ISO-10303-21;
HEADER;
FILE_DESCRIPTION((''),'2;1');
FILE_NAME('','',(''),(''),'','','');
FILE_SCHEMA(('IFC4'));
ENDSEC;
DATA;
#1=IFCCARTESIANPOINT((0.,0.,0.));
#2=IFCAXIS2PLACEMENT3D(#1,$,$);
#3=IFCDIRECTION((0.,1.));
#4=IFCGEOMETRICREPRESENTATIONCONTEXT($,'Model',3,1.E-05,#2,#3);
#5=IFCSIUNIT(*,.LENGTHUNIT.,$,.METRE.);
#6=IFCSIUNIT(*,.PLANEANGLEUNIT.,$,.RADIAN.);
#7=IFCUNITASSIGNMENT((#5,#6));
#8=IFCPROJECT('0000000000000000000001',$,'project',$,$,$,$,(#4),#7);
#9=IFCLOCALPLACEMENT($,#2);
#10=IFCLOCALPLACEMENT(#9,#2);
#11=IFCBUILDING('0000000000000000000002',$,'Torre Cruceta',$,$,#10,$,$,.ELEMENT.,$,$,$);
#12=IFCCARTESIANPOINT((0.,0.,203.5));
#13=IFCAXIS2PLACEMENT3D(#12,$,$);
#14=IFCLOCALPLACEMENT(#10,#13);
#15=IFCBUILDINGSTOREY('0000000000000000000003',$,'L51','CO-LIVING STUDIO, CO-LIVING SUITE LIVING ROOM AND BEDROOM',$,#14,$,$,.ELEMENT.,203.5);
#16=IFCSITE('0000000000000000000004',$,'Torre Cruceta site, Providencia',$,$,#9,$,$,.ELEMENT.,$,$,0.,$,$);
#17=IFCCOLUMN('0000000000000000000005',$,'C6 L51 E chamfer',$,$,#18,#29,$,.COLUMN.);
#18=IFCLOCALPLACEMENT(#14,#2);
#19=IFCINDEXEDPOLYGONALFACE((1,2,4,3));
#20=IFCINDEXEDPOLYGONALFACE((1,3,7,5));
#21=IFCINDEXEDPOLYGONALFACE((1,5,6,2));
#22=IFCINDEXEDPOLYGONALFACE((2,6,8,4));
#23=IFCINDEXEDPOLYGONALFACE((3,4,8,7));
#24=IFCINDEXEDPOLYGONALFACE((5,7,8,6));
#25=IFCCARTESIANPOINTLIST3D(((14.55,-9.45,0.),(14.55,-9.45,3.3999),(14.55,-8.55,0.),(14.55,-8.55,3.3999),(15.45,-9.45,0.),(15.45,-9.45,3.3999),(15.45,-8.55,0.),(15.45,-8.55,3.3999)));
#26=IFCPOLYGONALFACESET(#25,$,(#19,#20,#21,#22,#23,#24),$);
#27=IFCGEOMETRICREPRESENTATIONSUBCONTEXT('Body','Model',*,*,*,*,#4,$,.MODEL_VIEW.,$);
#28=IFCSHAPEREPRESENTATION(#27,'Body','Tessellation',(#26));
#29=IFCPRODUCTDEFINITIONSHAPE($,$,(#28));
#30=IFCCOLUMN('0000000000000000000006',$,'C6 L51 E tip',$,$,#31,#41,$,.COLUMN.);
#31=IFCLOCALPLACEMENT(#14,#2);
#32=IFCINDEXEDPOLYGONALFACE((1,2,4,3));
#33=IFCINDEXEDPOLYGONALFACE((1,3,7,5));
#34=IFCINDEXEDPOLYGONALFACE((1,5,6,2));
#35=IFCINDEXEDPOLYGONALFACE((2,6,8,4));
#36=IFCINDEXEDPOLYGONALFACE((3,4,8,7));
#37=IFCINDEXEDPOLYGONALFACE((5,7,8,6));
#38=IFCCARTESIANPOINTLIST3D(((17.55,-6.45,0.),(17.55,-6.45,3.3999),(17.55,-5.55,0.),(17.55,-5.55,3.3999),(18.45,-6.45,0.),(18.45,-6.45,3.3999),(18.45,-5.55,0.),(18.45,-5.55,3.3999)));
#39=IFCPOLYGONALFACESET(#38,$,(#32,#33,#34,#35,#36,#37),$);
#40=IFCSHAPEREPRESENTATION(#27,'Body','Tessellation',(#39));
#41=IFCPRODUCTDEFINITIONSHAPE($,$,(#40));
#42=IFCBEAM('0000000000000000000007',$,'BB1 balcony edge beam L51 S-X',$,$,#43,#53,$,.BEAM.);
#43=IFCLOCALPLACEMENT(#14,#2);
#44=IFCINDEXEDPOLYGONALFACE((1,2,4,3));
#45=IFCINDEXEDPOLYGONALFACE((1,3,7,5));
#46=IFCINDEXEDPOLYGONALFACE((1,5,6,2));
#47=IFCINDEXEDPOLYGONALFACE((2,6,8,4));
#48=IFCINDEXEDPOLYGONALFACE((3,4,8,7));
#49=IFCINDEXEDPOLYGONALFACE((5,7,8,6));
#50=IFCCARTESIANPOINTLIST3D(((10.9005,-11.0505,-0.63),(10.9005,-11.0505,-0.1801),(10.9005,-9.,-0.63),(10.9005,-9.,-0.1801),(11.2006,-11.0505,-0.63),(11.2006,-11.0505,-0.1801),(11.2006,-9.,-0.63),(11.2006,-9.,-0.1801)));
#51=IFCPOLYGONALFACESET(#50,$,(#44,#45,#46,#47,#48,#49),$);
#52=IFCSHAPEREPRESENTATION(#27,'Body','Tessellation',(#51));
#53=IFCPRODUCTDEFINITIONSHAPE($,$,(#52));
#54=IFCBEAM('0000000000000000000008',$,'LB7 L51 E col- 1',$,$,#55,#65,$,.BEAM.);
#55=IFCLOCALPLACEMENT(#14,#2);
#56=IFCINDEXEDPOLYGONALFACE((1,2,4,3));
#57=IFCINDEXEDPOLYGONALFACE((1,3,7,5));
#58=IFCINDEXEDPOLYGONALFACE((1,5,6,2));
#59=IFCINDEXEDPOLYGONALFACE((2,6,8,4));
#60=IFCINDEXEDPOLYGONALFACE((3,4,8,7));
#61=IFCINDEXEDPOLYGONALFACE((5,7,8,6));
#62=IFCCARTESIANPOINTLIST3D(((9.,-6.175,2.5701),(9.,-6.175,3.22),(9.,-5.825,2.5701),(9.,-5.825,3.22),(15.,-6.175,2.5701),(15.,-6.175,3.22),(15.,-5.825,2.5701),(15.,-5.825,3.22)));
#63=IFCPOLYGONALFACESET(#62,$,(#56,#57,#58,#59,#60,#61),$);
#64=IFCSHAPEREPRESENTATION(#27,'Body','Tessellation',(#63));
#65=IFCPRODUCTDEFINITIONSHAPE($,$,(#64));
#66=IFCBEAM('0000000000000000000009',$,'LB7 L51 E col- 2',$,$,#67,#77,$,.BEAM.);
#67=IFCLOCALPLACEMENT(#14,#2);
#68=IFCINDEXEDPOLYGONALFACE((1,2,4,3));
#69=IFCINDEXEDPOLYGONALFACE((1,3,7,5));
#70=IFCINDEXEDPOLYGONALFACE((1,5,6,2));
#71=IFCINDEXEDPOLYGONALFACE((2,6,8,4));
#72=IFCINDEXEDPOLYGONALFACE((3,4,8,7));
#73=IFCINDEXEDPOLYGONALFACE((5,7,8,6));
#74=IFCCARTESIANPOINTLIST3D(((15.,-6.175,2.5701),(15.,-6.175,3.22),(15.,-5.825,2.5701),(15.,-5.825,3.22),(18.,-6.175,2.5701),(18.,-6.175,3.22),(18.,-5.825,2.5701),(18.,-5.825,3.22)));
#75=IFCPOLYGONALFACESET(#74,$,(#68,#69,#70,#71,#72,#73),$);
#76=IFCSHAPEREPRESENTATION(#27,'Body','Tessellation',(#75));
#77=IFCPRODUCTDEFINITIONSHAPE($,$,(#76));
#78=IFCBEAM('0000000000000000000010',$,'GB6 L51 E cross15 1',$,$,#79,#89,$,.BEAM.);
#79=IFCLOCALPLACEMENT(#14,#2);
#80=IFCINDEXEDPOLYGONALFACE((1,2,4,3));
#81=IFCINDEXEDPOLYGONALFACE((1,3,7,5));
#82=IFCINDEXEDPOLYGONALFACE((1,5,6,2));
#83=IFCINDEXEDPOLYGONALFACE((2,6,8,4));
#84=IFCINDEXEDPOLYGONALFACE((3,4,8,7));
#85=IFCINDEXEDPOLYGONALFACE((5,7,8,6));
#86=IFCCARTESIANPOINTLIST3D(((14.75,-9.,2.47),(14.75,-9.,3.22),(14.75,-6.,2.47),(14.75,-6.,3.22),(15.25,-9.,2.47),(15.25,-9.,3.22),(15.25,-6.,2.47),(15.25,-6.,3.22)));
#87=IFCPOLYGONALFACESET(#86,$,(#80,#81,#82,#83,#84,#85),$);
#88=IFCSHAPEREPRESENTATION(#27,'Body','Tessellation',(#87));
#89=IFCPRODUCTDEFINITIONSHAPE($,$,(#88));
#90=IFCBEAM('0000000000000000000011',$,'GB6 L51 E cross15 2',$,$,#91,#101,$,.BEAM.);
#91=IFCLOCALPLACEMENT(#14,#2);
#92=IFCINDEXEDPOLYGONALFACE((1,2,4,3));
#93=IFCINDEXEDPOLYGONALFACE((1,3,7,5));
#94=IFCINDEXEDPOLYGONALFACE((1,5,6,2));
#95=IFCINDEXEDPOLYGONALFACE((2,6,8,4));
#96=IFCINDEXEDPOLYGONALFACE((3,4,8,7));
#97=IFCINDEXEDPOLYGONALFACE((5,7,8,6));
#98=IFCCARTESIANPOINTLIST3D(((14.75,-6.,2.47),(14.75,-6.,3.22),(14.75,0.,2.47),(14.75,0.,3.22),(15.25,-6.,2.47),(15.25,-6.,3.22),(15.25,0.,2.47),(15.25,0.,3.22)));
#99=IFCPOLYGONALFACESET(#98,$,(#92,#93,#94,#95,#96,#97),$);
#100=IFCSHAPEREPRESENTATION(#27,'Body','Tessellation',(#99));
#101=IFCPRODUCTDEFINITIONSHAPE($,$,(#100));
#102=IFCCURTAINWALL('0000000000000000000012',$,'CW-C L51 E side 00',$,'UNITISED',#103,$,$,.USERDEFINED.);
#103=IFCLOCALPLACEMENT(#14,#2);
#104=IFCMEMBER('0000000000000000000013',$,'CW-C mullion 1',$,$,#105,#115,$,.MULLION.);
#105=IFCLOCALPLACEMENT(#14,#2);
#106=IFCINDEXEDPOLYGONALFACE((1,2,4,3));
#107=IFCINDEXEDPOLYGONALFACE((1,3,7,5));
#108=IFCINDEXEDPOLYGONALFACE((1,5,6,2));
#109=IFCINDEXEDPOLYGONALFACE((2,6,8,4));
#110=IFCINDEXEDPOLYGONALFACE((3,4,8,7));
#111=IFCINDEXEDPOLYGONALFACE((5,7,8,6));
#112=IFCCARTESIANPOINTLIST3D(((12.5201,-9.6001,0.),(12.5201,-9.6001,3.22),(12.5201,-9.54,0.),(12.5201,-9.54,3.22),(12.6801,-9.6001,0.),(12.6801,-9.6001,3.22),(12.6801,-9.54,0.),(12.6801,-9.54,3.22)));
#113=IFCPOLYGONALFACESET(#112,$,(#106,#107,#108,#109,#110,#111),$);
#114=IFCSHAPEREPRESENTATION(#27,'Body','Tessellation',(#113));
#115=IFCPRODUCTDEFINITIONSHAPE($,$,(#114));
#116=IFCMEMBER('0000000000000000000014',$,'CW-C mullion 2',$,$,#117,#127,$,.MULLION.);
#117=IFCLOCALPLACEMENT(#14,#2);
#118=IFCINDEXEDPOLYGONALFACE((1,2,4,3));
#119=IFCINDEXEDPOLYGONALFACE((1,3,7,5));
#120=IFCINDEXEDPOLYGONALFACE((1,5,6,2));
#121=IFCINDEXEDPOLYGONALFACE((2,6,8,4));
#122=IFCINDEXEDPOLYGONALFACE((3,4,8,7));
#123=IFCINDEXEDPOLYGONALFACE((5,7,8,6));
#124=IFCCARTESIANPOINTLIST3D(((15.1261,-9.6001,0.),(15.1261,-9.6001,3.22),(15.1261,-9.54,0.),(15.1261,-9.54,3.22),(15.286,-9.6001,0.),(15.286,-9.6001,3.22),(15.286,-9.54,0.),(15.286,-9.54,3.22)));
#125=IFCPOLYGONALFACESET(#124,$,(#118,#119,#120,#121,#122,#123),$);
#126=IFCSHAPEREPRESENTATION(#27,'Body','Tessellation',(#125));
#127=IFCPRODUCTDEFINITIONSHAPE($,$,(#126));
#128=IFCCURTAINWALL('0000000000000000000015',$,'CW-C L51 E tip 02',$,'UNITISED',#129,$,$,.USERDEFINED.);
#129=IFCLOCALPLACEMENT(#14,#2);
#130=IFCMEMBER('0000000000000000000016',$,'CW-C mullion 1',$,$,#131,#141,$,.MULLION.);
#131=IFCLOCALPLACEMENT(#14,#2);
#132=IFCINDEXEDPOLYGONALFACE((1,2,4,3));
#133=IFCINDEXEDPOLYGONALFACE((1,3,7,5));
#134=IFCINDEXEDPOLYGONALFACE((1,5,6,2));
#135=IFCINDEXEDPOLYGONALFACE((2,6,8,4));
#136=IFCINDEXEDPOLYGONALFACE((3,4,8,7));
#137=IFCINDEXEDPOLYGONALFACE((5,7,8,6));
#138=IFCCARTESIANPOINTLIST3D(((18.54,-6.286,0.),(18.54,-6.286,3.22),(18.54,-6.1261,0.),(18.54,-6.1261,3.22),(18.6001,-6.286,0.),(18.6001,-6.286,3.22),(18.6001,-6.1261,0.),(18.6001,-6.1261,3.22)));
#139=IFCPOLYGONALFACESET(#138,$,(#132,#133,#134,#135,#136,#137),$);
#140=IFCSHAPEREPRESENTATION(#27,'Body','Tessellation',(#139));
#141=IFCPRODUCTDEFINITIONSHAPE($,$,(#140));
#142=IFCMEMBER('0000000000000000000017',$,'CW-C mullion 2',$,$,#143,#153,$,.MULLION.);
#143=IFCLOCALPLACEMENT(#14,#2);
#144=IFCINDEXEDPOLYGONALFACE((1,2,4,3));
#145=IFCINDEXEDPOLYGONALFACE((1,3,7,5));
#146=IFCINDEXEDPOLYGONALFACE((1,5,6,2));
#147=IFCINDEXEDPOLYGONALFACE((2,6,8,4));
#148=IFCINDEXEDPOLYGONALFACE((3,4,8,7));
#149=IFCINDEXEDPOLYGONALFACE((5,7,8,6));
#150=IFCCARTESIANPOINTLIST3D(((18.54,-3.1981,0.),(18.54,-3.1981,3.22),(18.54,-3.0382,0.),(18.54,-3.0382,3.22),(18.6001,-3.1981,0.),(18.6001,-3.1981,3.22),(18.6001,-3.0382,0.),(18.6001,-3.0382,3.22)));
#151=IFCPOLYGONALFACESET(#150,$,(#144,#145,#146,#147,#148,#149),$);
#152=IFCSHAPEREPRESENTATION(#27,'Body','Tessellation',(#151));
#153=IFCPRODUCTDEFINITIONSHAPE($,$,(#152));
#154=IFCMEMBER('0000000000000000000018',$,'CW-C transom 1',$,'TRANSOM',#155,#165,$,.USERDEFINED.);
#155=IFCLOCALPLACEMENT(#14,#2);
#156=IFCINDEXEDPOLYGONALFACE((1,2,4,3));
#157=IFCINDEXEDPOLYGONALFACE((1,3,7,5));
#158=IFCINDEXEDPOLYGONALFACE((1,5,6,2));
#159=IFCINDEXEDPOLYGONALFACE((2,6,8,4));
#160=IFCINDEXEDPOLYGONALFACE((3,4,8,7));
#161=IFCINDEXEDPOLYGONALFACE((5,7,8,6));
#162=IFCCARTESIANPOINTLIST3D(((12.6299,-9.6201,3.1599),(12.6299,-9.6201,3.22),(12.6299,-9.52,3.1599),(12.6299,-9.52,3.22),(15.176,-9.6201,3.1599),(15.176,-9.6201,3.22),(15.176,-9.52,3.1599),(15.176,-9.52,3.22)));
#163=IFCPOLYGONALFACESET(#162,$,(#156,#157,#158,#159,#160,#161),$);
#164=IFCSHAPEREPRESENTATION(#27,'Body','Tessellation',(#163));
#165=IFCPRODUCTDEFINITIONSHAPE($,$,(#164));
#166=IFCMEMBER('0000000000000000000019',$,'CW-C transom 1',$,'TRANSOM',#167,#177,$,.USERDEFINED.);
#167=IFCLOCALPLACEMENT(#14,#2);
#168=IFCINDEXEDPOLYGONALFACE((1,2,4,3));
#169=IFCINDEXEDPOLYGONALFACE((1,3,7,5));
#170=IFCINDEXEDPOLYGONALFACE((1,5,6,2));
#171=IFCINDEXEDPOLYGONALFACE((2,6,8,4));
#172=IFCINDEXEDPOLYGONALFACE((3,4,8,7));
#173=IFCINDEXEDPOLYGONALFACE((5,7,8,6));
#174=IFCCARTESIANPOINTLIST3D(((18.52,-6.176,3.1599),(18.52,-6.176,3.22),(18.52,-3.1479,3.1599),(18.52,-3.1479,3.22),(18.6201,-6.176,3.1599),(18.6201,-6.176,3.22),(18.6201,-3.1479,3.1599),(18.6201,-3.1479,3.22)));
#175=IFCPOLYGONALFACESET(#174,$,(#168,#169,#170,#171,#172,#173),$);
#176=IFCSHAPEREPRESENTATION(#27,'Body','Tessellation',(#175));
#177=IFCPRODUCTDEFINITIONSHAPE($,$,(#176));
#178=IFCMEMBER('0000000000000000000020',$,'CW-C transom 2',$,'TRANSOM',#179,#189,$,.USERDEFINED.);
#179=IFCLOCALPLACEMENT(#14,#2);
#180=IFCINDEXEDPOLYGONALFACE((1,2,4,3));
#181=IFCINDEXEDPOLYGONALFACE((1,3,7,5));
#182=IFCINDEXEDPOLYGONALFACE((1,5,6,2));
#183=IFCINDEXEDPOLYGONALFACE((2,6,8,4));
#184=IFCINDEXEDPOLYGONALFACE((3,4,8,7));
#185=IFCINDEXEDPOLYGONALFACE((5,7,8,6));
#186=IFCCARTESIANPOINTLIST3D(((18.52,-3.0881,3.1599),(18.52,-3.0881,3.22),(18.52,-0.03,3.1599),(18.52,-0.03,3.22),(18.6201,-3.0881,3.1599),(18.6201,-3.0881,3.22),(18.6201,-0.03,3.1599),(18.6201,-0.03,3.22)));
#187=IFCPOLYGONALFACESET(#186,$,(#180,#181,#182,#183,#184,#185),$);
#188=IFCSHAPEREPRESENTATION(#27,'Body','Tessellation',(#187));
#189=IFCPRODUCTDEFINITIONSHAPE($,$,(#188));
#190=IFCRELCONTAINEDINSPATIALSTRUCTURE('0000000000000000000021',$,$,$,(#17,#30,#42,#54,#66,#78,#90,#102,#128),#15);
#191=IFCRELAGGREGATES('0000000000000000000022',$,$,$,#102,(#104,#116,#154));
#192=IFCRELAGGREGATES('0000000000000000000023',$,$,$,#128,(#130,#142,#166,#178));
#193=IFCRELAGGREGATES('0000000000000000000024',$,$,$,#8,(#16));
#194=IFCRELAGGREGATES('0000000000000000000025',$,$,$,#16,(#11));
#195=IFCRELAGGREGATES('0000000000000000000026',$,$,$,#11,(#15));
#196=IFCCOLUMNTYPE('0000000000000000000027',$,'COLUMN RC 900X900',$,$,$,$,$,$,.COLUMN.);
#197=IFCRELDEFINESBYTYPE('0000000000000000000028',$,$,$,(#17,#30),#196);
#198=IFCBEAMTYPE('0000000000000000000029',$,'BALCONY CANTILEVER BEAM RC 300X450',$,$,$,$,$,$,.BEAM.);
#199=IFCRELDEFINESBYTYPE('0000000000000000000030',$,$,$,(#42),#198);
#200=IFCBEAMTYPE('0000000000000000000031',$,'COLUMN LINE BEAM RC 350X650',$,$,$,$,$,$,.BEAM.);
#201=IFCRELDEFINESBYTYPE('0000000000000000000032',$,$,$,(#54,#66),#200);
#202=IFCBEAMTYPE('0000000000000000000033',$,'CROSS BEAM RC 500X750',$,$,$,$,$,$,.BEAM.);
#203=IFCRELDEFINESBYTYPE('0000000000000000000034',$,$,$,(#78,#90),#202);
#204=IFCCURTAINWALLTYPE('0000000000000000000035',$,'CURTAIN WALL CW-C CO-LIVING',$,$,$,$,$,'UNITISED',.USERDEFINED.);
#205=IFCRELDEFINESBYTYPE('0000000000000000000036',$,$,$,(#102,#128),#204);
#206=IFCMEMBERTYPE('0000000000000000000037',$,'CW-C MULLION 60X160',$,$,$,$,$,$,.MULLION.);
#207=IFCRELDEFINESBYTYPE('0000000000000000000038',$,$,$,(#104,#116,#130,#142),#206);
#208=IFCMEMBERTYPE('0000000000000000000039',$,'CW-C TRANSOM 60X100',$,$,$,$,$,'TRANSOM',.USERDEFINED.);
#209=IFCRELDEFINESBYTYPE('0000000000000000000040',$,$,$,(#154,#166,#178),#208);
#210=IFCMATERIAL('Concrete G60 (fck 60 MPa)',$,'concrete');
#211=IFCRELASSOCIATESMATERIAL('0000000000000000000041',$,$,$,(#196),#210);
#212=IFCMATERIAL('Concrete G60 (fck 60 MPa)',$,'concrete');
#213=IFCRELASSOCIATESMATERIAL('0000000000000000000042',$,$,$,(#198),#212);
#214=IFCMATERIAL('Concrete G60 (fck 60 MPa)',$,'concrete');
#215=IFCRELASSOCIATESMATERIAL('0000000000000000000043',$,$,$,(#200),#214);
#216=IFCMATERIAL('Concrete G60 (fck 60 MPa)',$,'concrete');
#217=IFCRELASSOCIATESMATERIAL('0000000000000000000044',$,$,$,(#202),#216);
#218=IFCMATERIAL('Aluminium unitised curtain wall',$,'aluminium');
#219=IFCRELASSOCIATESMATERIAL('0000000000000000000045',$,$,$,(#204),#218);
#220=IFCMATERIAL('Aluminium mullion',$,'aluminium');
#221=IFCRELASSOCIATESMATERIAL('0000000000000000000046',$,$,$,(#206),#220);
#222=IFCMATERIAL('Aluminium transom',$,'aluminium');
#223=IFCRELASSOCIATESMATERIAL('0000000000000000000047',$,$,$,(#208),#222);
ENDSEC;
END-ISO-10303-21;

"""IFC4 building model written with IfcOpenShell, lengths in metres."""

from ifc_helpers import new_model, si_unit, direction, frame, origin, origin_2d, place, context, subcontext, project, spatial, rectangle, extrude, material, material_profile, profile_set, type_object, element, aggregate, save


model = new_model("IFC4")

# Units and contexts
model_context = context("Model", 3, precision=1e-05, world=origin(), true_north=direction((0.0, 1.0)))
body_context = subcontext(model_context, "Body", "Model", "MODEL_VIEW")
ifc_project = project(units=[si_unit("LENGTHUNIT", "METRE"), si_unit("PLANEANGLEUNIT", "RADIAN")], contexts=[model_context])

# Site, building, storey
site_placement = place(None, origin())
site = spatial("IfcSite", under=ifc_project, at=site_placement, Name="Torre Cruceta site, Providencia", CompositionType="ELEMENT", RefElevation=0.0)
building_placement = place(site_placement, origin())
building = spatial("IfcBuilding", under=site, at=building_placement, Name="Torre Cruceta", CompositionType="ELEMENT")
storey_placement = place(building_placement, frame((0.0, 0.0, 203.5)))
storey = spatial("IfcBuildingStorey", under=building, at=storey_placement, Name="L51", Description="CO-LIVING STUDIO, CO-LIVING SUITE LIVING ROOM AND BEDROOM", CompositionType="ELEMENT", Elevation=203.5)

# Columns
ifc_material_1 = material(Name="Concrete G60 (fck 60 MPa)", Category="concrete")
ifc_material_profile_1 = material_profile(ifc_material_1, rectangle(XDim=0.8999, YDim=0.8999, at=origin_2d()), Name="RC 900X900")
ifc_profile_set_1 = profile_set([ifc_material_profile_1], Name="Concrete G60 (fck 60 MPa)")
column_type = type_object("IfcColumnType", Name="COLUMN RC 900X900", PredefinedType="COLUMN", material=ifc_profile_set_1)
for number, where, z_axis, x_axis, name in (
    (1, (15.0, -9.0, 0.0), (0.0, 0.0, 1.0), (1.0, 0.0, 0.0), "C6 L51 E chamfer"),
    (2, (18.0, -6.0, 0.0), (0.0, 0.0, 1.0), (1.0, 0.0, 0.0), "C6 L51 E tip"),
):
    element("IfcColumn", number, at=place(storey_placement, frame(where, z_axis=z_axis, x_axis=x_axis)), inside=storey, type_object=column_type, Name=name, PredefinedType="COLUMN", context=body_context, shape_type="SweptSolid", body=[
        extrude(rectangle(XDim=0.8999, YDim=0.8999, at=origin_2d()), origin(), (0.0, 0.0, 1.0), 3.3999),
    ])

# Beams
ifc_material_2 = material(Name="Concrete G60 (fck 60 MPa)", Category="concrete")
ifc_material_profile_2 = material_profile(ifc_material_2, rectangle(XDim=0.3, YDim=0.45, at=origin_2d()), Name="RC 300X450")
ifc_profile_set_2 = profile_set([ifc_material_profile_2], Name="Concrete G60 (fck 60 MPa)")
beam_type_1 = type_object("IfcBeamType", Name="BALCONY CANTILEVER BEAM RC 300X450", PredefinedType="BEAM", material=ifc_profile_set_2)
beam_1_placement = place(storey_placement, frame((11.0505, -9.0, -0.405), z_axis=(0.0, -1.0, 0.0), x_axis=(1.0, 0.0, 0.0)))
element("IfcBeam", 3, at=beam_1_placement, inside=storey, type_object=beam_type_1, Name="BB1 balcony edge beam L51 S-X", PredefinedType="BEAM", context=body_context, shape_type="SweptSolid", body=[
    extrude(rectangle(XDim=0.3, YDim=0.45, at=origin_2d()), origin(), (0.0, 0.0, 1.0), 2.0505),
])
ifc_material_3 = material(Name="Concrete G60 (fck 60 MPa)", Category="concrete")
ifc_material_profile_3 = material_profile(ifc_material_3, rectangle(XDim=0.3501, YDim=0.6499, at=origin_2d()), Name="RC 350X650")
ifc_profile_set_3 = profile_set([ifc_material_profile_3], Name="Concrete G60 (fck 60 MPa)")
beam_type_2 = type_object("IfcBeamType", Name="COLUMN LINE BEAM RC 350X650", PredefinedType="BEAM", material=ifc_profile_set_3)
beam_2_placement = place(storey_placement, frame((9.0, -6.0, 2.895), z_axis=(1.0, 0.0, 0.0), x_axis=(0.0, 1.0, 0.0)))
element("IfcBeam", 4, at=beam_2_placement, inside=storey, type_object=beam_type_2, Name="LB7 L51 E col- 1", PredefinedType="BEAM", context=body_context, shape_type="SweptSolid", body=[
    extrude(rectangle(XDim=0.3501, YDim=0.6499, at=origin_2d()), origin(), (0.0, 0.0, 1.0), 6.0),
])
beam_3_placement = place(storey_placement, frame((15.0, -6.0, 2.895), z_axis=(1.0, 0.0, 0.0), x_axis=(0.0, 1.0, 0.0)))
element("IfcBeam", 5, at=beam_3_placement, inside=storey, type_object=beam_type_2, Name="LB7 L51 E col- 2", PredefinedType="BEAM", context=body_context, shape_type="SweptSolid", body=[
    extrude(rectangle(XDim=0.3501, YDim=0.6499, at=origin_2d()), origin(), (0.0, 0.0, 1.0), 3.0),
])
ifc_material_4 = material(Name="Concrete G60 (fck 60 MPa)", Category="concrete")
ifc_material_profile_4 = material_profile(ifc_material_4, rectangle(XDim=0.5, YDim=0.75, at=origin_2d()), Name="RC 500X750")
ifc_profile_set_4 = profile_set([ifc_material_profile_4], Name="Concrete G60 (fck 60 MPa)")
beam_type_3 = type_object("IfcBeamType", Name="CROSS BEAM RC 500X750", PredefinedType="BEAM", material=ifc_profile_set_4)
beam_4_placement = place(storey_placement, frame((15.0, -9.0, 2.845), z_axis=(0.0, 1.0, 0.0), x_axis=(-1.0, 0.0, 0.0)))
element("IfcBeam", 6, at=beam_4_placement, inside=storey, type_object=beam_type_3, Name="GB6 L51 E cross15 1", PredefinedType="BEAM", context=body_context, shape_type="SweptSolid", body=[
    extrude(rectangle(XDim=0.5, YDim=0.75, at=origin_2d()), origin(), (0.0, 0.0, 1.0), 3.0),
])
beam_5_placement = place(storey_placement, frame((15.0, -6.0, 2.845), z_axis=(0.0, 1.0, 0.0), x_axis=(-1.0, 0.0, 0.0)))
element("IfcBeam", 7, at=beam_5_placement, inside=storey, type_object=beam_type_3, Name="GB6 L51 E cross15 2", PredefinedType="BEAM", context=body_context, shape_type="SweptSolid", body=[
    extrude(rectangle(XDim=0.5, YDim=0.75, at=origin_2d()), origin(), (0.0, 0.0, 1.0), 6.0),
])

# Curtain walls, members
ifc_material_5 = material(Name="Aluminium unitised curtain wall", Category="aluminium")
curtain_wall_type = type_object("IfcCurtainWallType", Name="CURTAIN WALL CW-C CO-LIVING", ElementType="UNITISED", PredefinedType="USERDEFINED", material=ifc_material_5)
curtain_wall_1_placement = place(storey_placement, origin())
curtain_wall_1 = element("IfcCurtainWall", 8, at=curtain_wall_1_placement, inside=storey, type_object=curtain_wall_type, Name="CW-C L51 E side 00", ObjectType="UNITISED", PredefinedType="USERDEFINED")
ifc_material_6 = material(Name="Aluminium mullion", Category="aluminium")
ifc_material_profile_5 = material_profile(ifc_material_6, rectangle(XDim=0.0601, YDim=0.1599, at=origin_2d()), Name="AL 60X160")
ifc_profile_set_5 = profile_set([ifc_material_profile_5], Name="Aluminium mullion")
member_type_1 = type_object("IfcMemberType", Name="CW-C MULLION 60X160", PredefinedType="MULLION", material=ifc_profile_set_5)
member_1_placement = place(storey_placement, frame((12.6001, -9.5701, 0.0), z_axis=(0.0, 0.0, 1.0), x_axis=(0.0, 1.0, 0.0)))
member_1 = element("IfcMember", 9, at=member_1_placement, type_object=member_type_1, Name="CW-C mullion 1", PredefinedType="MULLION", context=body_context, shape_type="SweptSolid", body=[
    extrude(rectangle(XDim=0.0601, YDim=0.1599, at=origin_2d()), origin(), (0.0, 0.0, 1.0), 3.22),
])
member_2_placement = place(storey_placement, frame((15.2061, -9.5701, 0.0), z_axis=(0.0, 0.0, 1.0), x_axis=(0.0, 1.0, 0.0)))
member_2 = element("IfcMember", 10, at=member_2_placement, type_object=member_type_1, Name="CW-C mullion 2", PredefinedType="MULLION", context=body_context, shape_type="SweptSolid", body=[
    extrude(rectangle(XDim=0.0601, YDim=0.1599, at=origin_2d()), origin(), (0.0, 0.0, 1.0), 3.22),
])
curtain_wall_2_placement = place(storey_placement, origin())
curtain_wall_2 = element("IfcCurtainWall", 11, at=curtain_wall_2_placement, inside=storey, type_object=curtain_wall_type, Name="CW-C L51 E tip 02", ObjectType="UNITISED", PredefinedType="USERDEFINED")
member_3_placement = place(storey_placement, frame((18.5701, -6.2061, 0.0), z_axis=(0.0, 0.0, 1.0), x_axis=(-1.0, 0.0, 0.0)))
member_3 = element("IfcMember", 12, at=member_3_placement, type_object=member_type_1, Name="CW-C mullion 1", PredefinedType="MULLION", context=body_context, shape_type="SweptSolid", body=[
    extrude(rectangle(XDim=0.0601, YDim=0.1599, at=origin_2d()), origin(), (0.0, 0.0, 1.0), 3.22),
])
member_4_placement = place(storey_placement, frame((18.5701, -3.1182, 0.0), z_axis=(0.0, 0.0, 1.0), x_axis=(-1.0, 0.0, 0.0)))
member_4 = element("IfcMember", 13, at=member_4_placement, type_object=member_type_1, Name="CW-C mullion 2", PredefinedType="MULLION", context=body_context, shape_type="SweptSolid", body=[
    extrude(rectangle(XDim=0.0601, YDim=0.1599, at=origin_2d()), origin(), (0.0, 0.0, 1.0), 3.22),
])

# Members
ifc_material_7 = material(Name="Aluminium transom", Category="aluminium")
ifc_material_profile_6 = material_profile(ifc_material_7, rectangle(XDim=0.1001, YDim=0.0601, at=origin_2d()), Name="AL 100X60")
ifc_profile_set_6 = profile_set([ifc_material_profile_6], Name="Aluminium transom")
member_type_2 = type_object("IfcMemberType", Name="CW-C TRANSOM 60X100", ElementType="TRANSOM", PredefinedType="USERDEFINED", material=ifc_profile_set_6)
member_5_placement = place(storey_placement, frame((12.6299, -9.5701, 3.1899), z_axis=(1.0, 0.0, 0.0), x_axis=(0.0, 1.0, 0.0)))
member_5 = element("IfcMember", 14, at=member_5_placement, type_object=member_type_2, Name="CW-C transom 1", ObjectType="TRANSOM", PredefinedType="USERDEFINED", context=body_context, shape_type="SweptSolid", body=[
    extrude(rectangle(XDim=0.1001, YDim=0.0601, at=origin_2d()), origin(), (0.0, 0.0, 1.0), 2.5461),
])
member_6_placement = place(storey_placement, frame((18.5701, -6.176, 3.1899), z_axis=(0.0, 1.0, 0.0), x_axis=(-1.0, 0.0, 0.0)))
member_6 = element("IfcMember", 15, at=member_6_placement, type_object=member_type_2, Name="CW-C transom 1", ObjectType="TRANSOM", PredefinedType="USERDEFINED", context=body_context, shape_type="SweptSolid", body=[
    extrude(rectangle(XDim=0.1001, YDim=0.0601, at=origin_2d()), origin(), (0.0, 0.0, 1.0), 3.0281),
])
member_7_placement = place(storey_placement, frame((18.5701, -3.0881, 3.1899), z_axis=(0.0, 1.0, 0.0), x_axis=(-1.0, 0.0, 0.0)))
member_7 = element("IfcMember", 16, at=member_7_placement, type_object=member_type_2, Name="CW-C transom 2", ObjectType="TRANSOM", PredefinedType="USERDEFINED", context=body_context, shape_type="SweptSolid", body=[
    extrude(rectangle(XDim=0.1001, YDim=0.0601, at=origin_2d()), origin(), (0.0, 0.0, 1.0), 3.0581),
])

aggregate(curtain_wall_1, [member_1, member_2, member_5])
aggregate(curtain_wall_2, [member_3, member_4, member_6, member_7])

save(model, "model.ifc")
